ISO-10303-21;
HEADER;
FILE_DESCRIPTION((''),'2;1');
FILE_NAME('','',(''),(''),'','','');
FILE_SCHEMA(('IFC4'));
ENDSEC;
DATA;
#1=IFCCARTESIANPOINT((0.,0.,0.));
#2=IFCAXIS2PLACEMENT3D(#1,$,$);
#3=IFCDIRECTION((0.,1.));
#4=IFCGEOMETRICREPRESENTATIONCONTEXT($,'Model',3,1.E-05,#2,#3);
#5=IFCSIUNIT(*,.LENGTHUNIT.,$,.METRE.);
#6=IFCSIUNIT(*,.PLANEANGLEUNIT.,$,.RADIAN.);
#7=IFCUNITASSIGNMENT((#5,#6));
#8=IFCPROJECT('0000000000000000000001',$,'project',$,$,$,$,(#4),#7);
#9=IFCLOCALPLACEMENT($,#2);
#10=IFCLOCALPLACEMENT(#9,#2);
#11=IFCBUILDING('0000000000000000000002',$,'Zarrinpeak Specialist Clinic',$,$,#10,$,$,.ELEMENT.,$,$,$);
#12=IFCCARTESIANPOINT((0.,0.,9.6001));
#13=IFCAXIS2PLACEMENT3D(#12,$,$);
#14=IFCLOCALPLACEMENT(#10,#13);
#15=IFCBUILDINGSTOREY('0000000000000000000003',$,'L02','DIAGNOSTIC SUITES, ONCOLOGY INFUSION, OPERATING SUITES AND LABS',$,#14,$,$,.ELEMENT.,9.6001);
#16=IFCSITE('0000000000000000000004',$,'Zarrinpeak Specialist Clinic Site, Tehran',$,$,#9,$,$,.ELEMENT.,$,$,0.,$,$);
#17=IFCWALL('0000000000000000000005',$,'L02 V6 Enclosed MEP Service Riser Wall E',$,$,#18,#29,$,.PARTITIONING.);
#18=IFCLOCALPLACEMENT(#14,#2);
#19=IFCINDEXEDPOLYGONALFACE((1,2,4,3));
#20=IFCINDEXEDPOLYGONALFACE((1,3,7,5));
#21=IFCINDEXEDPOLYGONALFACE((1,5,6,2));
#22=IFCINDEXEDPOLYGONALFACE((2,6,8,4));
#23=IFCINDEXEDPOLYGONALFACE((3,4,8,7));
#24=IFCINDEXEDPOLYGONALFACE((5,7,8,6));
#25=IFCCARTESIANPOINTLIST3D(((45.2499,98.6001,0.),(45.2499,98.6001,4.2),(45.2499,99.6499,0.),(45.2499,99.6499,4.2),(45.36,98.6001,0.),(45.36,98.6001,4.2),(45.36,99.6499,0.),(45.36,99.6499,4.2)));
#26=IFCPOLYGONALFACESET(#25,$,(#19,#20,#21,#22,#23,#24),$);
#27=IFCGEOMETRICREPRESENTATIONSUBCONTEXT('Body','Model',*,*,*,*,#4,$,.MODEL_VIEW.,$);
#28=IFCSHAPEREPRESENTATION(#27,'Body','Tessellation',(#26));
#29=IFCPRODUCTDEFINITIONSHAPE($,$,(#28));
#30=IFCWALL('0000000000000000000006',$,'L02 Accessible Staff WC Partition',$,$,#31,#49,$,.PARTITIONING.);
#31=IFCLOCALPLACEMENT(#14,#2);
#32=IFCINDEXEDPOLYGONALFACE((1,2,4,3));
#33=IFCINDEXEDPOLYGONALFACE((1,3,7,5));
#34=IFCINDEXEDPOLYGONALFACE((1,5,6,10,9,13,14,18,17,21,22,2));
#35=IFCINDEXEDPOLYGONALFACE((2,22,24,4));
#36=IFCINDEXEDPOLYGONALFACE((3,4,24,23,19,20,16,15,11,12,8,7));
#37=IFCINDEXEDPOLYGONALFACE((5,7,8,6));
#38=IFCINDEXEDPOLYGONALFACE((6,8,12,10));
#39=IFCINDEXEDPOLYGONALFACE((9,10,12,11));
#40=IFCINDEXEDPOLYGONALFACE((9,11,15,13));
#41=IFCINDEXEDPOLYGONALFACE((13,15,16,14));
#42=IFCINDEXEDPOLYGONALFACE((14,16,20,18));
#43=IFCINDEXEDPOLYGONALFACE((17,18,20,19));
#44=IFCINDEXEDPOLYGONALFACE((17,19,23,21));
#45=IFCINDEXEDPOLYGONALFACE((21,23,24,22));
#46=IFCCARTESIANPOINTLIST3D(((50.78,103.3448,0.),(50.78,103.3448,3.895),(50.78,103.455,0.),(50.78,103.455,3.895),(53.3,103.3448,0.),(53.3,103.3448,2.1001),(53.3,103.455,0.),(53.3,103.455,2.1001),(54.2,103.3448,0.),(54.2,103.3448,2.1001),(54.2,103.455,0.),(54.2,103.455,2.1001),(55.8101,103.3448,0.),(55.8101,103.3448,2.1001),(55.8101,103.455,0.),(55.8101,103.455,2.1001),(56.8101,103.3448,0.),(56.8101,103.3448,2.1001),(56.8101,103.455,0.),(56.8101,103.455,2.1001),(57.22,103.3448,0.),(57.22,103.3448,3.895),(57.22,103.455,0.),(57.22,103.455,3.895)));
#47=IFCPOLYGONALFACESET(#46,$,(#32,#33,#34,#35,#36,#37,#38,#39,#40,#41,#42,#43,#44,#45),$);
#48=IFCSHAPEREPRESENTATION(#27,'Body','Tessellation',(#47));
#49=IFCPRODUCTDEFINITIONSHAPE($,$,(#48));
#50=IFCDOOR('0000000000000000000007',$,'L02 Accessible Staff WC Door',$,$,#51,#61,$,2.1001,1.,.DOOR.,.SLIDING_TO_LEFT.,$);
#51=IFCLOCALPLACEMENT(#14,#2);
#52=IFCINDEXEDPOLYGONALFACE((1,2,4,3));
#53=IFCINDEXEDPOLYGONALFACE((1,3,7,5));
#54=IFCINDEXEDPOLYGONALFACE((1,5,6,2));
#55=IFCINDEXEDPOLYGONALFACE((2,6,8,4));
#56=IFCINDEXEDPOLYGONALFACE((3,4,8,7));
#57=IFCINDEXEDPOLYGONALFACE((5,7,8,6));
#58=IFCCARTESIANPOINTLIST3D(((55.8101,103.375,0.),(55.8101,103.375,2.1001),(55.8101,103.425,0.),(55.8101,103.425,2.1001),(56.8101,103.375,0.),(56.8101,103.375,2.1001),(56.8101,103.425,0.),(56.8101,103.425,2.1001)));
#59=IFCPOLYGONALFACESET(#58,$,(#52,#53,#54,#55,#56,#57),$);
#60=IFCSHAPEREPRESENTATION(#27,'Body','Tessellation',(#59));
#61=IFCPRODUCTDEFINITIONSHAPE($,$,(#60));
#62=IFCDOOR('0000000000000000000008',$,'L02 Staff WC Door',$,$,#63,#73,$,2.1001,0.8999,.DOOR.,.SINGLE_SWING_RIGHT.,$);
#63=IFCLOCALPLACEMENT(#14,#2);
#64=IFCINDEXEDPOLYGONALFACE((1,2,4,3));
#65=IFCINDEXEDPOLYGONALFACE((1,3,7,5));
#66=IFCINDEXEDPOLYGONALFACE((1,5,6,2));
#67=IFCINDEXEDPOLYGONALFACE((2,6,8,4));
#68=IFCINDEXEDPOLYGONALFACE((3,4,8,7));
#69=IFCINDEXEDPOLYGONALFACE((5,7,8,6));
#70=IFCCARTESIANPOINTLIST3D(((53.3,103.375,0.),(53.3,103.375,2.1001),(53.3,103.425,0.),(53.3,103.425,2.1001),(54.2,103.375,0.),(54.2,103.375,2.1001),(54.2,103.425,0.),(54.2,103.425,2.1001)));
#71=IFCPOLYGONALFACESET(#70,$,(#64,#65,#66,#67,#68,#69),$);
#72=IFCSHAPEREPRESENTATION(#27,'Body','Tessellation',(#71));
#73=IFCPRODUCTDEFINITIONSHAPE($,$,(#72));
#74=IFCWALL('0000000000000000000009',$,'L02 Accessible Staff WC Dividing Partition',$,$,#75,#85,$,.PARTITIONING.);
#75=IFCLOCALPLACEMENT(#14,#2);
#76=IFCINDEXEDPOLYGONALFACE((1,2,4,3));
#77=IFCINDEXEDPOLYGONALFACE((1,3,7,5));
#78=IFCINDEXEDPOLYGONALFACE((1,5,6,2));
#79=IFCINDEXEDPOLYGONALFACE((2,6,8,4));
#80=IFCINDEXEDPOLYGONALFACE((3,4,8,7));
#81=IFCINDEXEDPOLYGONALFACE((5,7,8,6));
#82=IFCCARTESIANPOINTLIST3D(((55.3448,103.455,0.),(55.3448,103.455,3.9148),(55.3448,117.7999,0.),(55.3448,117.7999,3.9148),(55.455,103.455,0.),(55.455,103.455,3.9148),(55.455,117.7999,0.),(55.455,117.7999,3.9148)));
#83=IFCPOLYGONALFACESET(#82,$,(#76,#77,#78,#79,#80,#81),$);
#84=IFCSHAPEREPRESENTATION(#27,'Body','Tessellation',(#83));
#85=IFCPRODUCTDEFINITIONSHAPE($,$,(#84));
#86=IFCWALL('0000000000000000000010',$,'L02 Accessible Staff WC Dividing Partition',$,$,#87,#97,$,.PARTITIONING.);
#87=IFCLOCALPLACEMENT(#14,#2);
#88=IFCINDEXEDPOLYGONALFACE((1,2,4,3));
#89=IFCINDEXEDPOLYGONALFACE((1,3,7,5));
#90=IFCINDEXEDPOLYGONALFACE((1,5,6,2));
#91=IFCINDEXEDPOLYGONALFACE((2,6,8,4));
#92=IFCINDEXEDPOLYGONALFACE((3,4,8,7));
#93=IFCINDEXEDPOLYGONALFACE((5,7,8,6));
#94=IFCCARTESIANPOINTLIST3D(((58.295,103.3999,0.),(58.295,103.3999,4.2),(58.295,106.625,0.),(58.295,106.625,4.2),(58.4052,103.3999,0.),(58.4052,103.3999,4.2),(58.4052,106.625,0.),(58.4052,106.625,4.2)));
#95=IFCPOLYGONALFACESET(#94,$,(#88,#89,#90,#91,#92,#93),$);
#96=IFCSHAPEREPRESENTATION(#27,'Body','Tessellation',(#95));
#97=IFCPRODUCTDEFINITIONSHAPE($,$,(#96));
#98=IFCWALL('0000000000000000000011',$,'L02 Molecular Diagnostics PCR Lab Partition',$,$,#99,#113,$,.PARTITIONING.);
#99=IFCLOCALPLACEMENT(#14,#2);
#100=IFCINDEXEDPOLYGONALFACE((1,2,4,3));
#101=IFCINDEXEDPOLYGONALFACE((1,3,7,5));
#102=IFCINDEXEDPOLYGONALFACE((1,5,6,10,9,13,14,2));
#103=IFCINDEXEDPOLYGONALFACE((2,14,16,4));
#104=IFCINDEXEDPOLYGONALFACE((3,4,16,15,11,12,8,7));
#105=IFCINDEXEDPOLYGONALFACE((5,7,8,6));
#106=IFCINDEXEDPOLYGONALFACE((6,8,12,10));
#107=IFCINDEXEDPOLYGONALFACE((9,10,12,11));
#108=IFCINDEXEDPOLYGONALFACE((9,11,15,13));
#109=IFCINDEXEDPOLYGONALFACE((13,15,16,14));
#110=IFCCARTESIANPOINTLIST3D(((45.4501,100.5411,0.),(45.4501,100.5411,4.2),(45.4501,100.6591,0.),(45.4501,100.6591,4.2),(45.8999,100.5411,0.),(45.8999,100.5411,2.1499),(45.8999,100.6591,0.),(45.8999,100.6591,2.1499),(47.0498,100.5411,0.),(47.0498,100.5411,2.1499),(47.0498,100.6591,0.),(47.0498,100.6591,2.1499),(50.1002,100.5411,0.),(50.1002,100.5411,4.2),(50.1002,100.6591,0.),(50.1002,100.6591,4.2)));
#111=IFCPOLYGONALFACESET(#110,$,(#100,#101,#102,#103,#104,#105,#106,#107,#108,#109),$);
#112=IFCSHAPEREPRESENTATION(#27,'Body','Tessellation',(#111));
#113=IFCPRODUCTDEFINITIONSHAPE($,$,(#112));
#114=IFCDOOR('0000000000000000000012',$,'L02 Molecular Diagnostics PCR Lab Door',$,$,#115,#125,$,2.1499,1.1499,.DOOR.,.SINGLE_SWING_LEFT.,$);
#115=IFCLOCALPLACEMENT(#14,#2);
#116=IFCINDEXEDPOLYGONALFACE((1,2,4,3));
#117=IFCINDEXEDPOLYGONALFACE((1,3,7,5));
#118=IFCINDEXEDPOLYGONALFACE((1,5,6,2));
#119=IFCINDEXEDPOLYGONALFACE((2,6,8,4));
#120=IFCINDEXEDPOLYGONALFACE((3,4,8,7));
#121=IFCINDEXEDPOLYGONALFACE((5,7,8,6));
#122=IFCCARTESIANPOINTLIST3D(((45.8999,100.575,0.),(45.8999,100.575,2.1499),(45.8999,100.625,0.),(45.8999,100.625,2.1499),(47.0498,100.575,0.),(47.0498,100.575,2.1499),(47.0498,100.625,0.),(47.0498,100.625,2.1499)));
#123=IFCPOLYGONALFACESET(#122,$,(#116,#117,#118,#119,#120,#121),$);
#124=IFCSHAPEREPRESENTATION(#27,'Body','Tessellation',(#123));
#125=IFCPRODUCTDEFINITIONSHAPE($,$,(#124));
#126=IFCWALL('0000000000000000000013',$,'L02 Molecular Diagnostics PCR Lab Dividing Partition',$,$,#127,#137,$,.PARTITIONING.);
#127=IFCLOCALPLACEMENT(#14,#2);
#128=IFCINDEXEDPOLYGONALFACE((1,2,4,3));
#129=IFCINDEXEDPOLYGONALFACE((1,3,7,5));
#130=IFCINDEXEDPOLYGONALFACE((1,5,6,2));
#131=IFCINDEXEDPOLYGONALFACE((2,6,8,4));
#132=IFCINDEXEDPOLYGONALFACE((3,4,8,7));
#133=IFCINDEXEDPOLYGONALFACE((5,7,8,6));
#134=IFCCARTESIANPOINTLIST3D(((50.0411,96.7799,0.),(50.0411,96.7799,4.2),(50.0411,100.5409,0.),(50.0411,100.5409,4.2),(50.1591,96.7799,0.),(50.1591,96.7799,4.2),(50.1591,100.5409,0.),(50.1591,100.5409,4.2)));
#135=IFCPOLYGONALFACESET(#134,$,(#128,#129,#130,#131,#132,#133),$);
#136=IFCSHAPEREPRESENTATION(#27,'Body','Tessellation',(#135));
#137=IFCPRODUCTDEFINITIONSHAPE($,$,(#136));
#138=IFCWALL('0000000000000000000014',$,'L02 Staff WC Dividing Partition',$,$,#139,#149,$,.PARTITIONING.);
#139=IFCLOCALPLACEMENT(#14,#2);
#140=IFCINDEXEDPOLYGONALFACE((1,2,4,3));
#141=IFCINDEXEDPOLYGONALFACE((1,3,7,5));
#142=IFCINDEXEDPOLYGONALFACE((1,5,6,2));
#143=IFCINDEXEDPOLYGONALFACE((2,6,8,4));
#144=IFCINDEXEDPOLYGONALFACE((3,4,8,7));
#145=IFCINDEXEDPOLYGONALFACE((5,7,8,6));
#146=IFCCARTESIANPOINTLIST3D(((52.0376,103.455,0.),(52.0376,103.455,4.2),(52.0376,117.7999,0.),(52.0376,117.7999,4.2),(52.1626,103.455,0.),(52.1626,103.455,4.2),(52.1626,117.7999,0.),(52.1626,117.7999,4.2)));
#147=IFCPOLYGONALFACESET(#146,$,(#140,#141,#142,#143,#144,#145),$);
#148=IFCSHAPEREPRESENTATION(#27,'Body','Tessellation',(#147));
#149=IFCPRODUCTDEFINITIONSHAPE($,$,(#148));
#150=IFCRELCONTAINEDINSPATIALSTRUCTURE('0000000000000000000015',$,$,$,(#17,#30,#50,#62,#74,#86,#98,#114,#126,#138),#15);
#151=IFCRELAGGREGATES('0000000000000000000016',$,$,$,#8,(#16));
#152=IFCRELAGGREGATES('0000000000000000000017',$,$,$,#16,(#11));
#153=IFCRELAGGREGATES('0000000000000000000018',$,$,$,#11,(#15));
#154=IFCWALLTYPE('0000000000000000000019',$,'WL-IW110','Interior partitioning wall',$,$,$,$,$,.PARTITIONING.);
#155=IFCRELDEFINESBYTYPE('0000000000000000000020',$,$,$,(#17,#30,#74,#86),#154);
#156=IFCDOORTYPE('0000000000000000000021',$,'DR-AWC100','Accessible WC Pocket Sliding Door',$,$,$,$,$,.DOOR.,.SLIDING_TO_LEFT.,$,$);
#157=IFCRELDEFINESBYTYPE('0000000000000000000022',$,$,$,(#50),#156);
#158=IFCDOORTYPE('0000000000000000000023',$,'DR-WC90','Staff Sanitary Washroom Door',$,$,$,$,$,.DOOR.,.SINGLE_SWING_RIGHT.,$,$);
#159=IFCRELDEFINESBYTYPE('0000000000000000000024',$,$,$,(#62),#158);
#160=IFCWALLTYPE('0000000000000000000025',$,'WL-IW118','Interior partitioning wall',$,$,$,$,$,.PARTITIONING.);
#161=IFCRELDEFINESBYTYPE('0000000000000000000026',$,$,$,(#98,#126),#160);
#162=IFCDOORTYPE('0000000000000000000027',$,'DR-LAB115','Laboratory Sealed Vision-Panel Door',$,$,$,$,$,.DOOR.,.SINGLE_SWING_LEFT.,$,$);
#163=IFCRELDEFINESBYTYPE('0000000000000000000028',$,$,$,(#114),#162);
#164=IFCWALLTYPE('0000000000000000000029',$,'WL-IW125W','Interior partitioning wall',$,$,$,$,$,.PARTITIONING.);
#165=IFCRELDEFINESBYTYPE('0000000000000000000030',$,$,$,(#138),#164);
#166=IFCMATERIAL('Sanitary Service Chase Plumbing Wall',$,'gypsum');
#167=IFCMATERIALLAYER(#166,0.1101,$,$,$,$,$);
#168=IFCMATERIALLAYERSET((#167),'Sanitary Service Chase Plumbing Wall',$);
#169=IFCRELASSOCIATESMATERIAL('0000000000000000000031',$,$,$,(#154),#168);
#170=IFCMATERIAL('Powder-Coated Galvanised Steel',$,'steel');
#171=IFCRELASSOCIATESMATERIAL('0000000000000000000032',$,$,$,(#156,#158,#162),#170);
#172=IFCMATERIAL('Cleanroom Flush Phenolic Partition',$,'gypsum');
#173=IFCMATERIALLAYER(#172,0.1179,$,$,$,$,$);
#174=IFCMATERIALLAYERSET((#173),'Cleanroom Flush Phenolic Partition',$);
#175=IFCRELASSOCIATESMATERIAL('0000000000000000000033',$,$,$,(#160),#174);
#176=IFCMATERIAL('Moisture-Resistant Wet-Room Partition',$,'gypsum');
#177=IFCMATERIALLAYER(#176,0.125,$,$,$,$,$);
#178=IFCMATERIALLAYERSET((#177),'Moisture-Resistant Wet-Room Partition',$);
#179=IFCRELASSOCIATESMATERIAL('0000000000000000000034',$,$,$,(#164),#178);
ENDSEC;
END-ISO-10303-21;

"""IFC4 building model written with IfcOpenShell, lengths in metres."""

from ifc_helpers import new_model, si_unit, direction, frame, frame_2d, origin, place, context, subcontext, project, spatial, rectangle, extrude, material, layer, layer_set, type_object, element, fill, save


model = new_model("IFC4")

# Units and contexts
model_context = context("Model", 3, precision=1e-05, world=origin(), true_north=direction((0.0, 1.0)))
body_context = subcontext(model_context, "Body", "Model", "MODEL_VIEW")
ifc_project = project(units=[si_unit("LENGTHUNIT", "METRE"), si_unit("PLANEANGLEUNIT", "RADIAN")], contexts=[model_context])

# Site, building, storey
site_placement = place(None, origin())
site = spatial("IfcSite", under=ifc_project, at=site_placement, Name="Zarrinpeak Specialist Clinic Site, Tehran", CompositionType="ELEMENT", RefElevation=0.0)
building_placement = place(site_placement, origin())
building = spatial("IfcBuilding", under=site, at=building_placement, Name="Zarrinpeak Specialist Clinic", CompositionType="ELEMENT")
storey_placement = place(building_placement, frame((0.0, 0.0, 9.6001)))
storey = spatial("IfcBuildingStorey", under=building, at=storey_placement, Name="L02", Description="DIAGNOSTIC SUITES, ONCOLOGY INFUSION, OPERATING SUITES AND LABS", CompositionType="ELEMENT", Elevation=9.6001)

# Wall
ifc_material_1 = material(Name="Sanitary Service Chase Plumbing Wall", Category="gypsum")
ifc_layer_1 = layer(ifc_material_1, 0.1101)
ifc_layer_set_1 = layer_set([ifc_layer_1], Name="Sanitary Service Chase Plumbing Wall")
wall_type_1 = type_object("IfcWallType", Name="WL-IW110", Description="Interior partitioning wall", PredefinedType="PARTITIONING", material=ifc_layer_set_1)
wall_1_placement = place(storey_placement, frame((45.3049, 98.6001, 0.0), z_axis=(0.0, 0.0, 1.0), x_axis=(0.0, 1.0, 0.0)))
element("IfcWall", 1, at=wall_1_placement, inside=storey, type_object=wall_type_1, Name="L02 V6 Enclosed MEP Service Riser Wall E", PredefinedType="PARTITIONING", context=body_context, shape_type="SweptSolid", body=[
    extrude(rectangle(XDim=1.0498, YDim=0.1101, at=frame_2d((0.5249, 0.0))), origin(), (0.0, 0.0, 1.0), 4.2),
])

# Wall, openings, doors
wall_2_placement = place(storey_placement, frame((50.78, 103.3999, 0.0), z_axis=(0.0, 0.0, 1.0), x_axis=(1.0, 0.0, 0.0)))
wall_2 = element("IfcWall", 2, at=wall_2_placement, inside=storey, type_object=wall_type_1, Name="L02 Accessible Staff WC Partition", PredefinedType="PARTITIONING", context=body_context, shape_type="SweptSolid", body=[
    extrude(rectangle(XDim=6.4399, YDim=0.1101, at=frame_2d((3.22, 0.0))), origin(), (0.0, 0.0, 1.0), 3.895),
])
opening_1_placement = place(wall_2_placement, frame((5.03, 0.0, 0.0)))
opening_1 = element("IfcOpeningElement", 3, at=opening_1_placement, cuts=wall_2, PredefinedType="OPENING", context=body_context, shape_type="SweptSolid", body=[
    extrude(rectangle(XDim=1.0, YDim=2.1001, at=frame_2d((0.5, 1.05))), frame((0.0, 0.0649, 0.0), z_axis=(0.0, -1.0, 0.0), x_axis=(1.0, 0.0, 0.0)), (0.0, 0.0, 1.0), 0.1301),
])
opening_2_placement = place(wall_2_placement, frame((2.52, 0.0, 0.0)))
opening_2 = element("IfcOpeningElement", 4, at=opening_2_placement, cuts=wall_2, PredefinedType="OPENING", context=body_context, shape_type="SweptSolid", body=[
    extrude(rectangle(XDim=0.8999, YDim=2.1001, at=frame_2d((0.45, 1.05))), frame((0.0, 0.0649, 0.0), z_axis=(0.0, -1.0, 0.0), x_axis=(1.0, 0.0, 0.0)), (0.0, 0.0, 1.0), 0.1301),
])
ifc_material_2 = material(Name="Powder-Coated Galvanised Steel", Category="steel")
door_type_1 = type_object("IfcDoorType", Name="DR-AWC100", Description="Accessible WC Pocket Sliding Door", OperationType="SLIDING_TO_LEFT", PredefinedType="DOOR", material=ifc_material_2)
door_1_placement = place(opening_1_placement, frame((1.0, 0.0, 0.0), z_axis=(0.0, 0.0, 1.0), x_axis=(-1.0, 0.0, 0.0)))
door_1 = element("IfcDoor", 5, at=door_1_placement, inside=storey, type_object=door_type_1, Name="L02 Accessible Staff WC Door", OperationType="SLIDING_TO_LEFT", OverallHeight=2.1001, OverallWidth=1.0, PredefinedType="DOOR", context=body_context, shape_type="SweptSolid", body=[
    extrude(rectangle(XDim=1.0, YDim=2.1001, at=frame_2d((0.5, 1.05))), frame((0.0, 0.0249, 0.0), z_axis=(0.0, -1.0, 0.0), x_axis=(1.0, 0.0, 0.0)), (0.0, 0.0, 1.0), 0.05),
])
fill(opening_1, door_1)
door_type_2 = type_object("IfcDoorType", Name="DR-WC90", Description="Staff Sanitary Washroom Door", OperationType="SINGLE_SWING_RIGHT", PredefinedType="DOOR", material=ifc_material_2)
door_2_placement = place(opening_2_placement, frame((0.8999, 0.0, 0.0), z_axis=(0.0, 0.0, 1.0), x_axis=(-1.0, 0.0, 0.0)))
door_2 = element("IfcDoor", 6, at=door_2_placement, inside=storey, type_object=door_type_2, Name="L02 Staff WC Door", OperationType="SINGLE_SWING_RIGHT", OverallHeight=2.1001, OverallWidth=0.8999, PredefinedType="DOOR", context=body_context, shape_type="SweptSolid", body=[
    extrude(rectangle(XDim=0.8999, YDim=2.1001, at=frame_2d((0.45, 1.05))), frame((0.0, 0.0249, 0.0), z_axis=(0.0, -1.0, 0.0), x_axis=(1.0, 0.0, 0.0)), (0.0, 0.0, 1.0), 0.05),
])
fill(opening_2, door_2)

# Walls
wall_3_placement = place(storey_placement, frame((55.3999, 103.4551, 0.0), z_axis=(0.0, 0.0, 1.0), x_axis=(0.0, 1.0, 0.0)))
element("IfcWall", 7, at=wall_3_placement, inside=storey, type_object=wall_type_1, Name="L02 Accessible Staff WC Dividing Partition", PredefinedType="PARTITIONING", context=body_context, shape_type="SweptSolid", body=[
    extrude(rectangle(XDim=14.345, YDim=0.1101, at=frame_2d((7.1724, 0.0))), origin(), (0.0, 0.0, 1.0), 3.9148),
])
wall_4_placement = place(storey_placement, frame((58.3501, 103.3999, 0.0), z_axis=(0.0, 0.0, 1.0), x_axis=(0.0, 1.0, 0.0)))
element("IfcWall", 8, at=wall_4_placement, inside=storey, type_object=wall_type_1, Name="L02 Accessible Staff WC Dividing Partition", PredefinedType="PARTITIONING", context=body_context, shape_type="SweptSolid", body=[
    extrude(rectangle(XDim=3.2251, YDim=0.1101, at=frame_2d((1.6125, 0.0))), origin(), (0.0, 0.0, 1.0), 4.2),
])

# Wall, opening, door
ifc_material_3 = material(Name="Cleanroom Flush Phenolic Partition", Category="gypsum")
ifc_layer_2 = layer(ifc_material_3, 0.1179)
ifc_layer_set_2 = layer_set([ifc_layer_2], Name="Cleanroom Flush Phenolic Partition")
wall_type_2 = type_object("IfcWallType", Name="WL-IW118", Description="Interior partitioning wall", PredefinedType="PARTITIONING", material=ifc_layer_set_2)
wall_5_placement = place(storey_placement, frame((45.45, 100.6001, 0.0), z_axis=(0.0, 0.0, 1.0), x_axis=(1.0, 0.0, 0.0)))
wall_5 = element("IfcWall", 9, at=wall_5_placement, inside=storey, type_object=wall_type_2, Name="L02 Molecular Diagnostics PCR Lab Partition", PredefinedType="PARTITIONING", context=body_context, shape_type="SweptSolid", body=[
    extrude(rectangle(XDim=4.6501, YDim=0.1179, at=frame_2d((2.3252, 0.0))), origin(), (0.0, 0.0, 1.0), 4.2),
])
opening_3_placement = place(wall_5_placement, frame((0.45, 0.0, 0.0)))
opening_3 = element("IfcOpeningElement", 10, at=opening_3_placement, cuts=wall_5, PredefinedType="OPENING", context=body_context, shape_type="SweptSolid", body=[
    extrude(rectangle(XDim=1.1499, YDim=2.1499, at=frame_2d((0.575, 1.075))), frame((0.0, 0.0688, 0.0), z_axis=(0.0, -1.0, 0.0), x_axis=(1.0, 0.0, 0.0)), (0.0, 0.0, 1.0), 0.1379),
])
door_type_3 = type_object("IfcDoorType", Name="DR-LAB115", Description="Laboratory Sealed Vision-Panel Door", OperationType="SINGLE_SWING_LEFT", PredefinedType="DOOR", material=ifc_material_2)
door_3_placement = place(opening_3_placement, origin())
door_3 = element("IfcDoor", 11, at=door_3_placement, inside=storey, type_object=door_type_3, Name="L02 Molecular Diagnostics PCR Lab Door", OperationType="SINGLE_SWING_LEFT", OverallHeight=2.1499, OverallWidth=1.1499, PredefinedType="DOOR", context=body_context, shape_type="SweptSolid", body=[
    extrude(rectangle(XDim=1.1499, YDim=2.1499, at=frame_2d((0.575, 1.075))), frame((0.0, 0.0249, 0.0), z_axis=(0.0, -1.0, 0.0), x_axis=(1.0, 0.0, 0.0)), (0.0, 0.0, 1.0), 0.05),
])
fill(opening_3, door_3)

# Walls
wall_6_placement = place(storey_placement, frame((50.1001, 96.78, 0.0), z_axis=(0.0, 0.0, 1.0), x_axis=(0.0, 1.0, 0.0)))
element("IfcWall", 12, at=wall_6_placement, inside=storey, type_object=wall_type_2, Name="L02 Molecular Diagnostics PCR Lab Dividing Partition", PredefinedType="PARTITIONING", context=body_context, shape_type="SweptSolid", body=[
    extrude(rectangle(XDim=3.761, YDim=0.1179, at=frame_2d((1.8804, 0.0))), origin(), (0.0, 0.0, 1.0), 4.2),
])
ifc_material_4 = material(Name="Moisture-Resistant Wet-Room Partition", Category="gypsum")
ifc_layer_3 = layer(ifc_material_4, 0.125)
ifc_layer_set_3 = layer_set([ifc_layer_3], Name="Moisture-Resistant Wet-Room Partition")
wall_type_3 = type_object("IfcWallType", Name="WL-IW125W", Description="Interior partitioning wall", PredefinedType="PARTITIONING", material=ifc_layer_set_3)
wall_7_placement = place(storey_placement, frame((52.1001, 103.4551, 0.0), z_axis=(0.0, 0.0, 1.0), x_axis=(0.0, 1.0, 0.0)))
element("IfcWall", 13, at=wall_7_placement, inside=storey, type_object=wall_type_3, Name="L02 Staff WC Dividing Partition", PredefinedType="PARTITIONING", context=body_context, shape_type="SweptSolid", body=[
    extrude(rectangle(XDim=14.345, YDim=0.125, at=frame_2d((7.1724, 0.0))), origin(), (0.0, 0.0, 1.0), 4.2),
])

save(model, "model.ifc")
